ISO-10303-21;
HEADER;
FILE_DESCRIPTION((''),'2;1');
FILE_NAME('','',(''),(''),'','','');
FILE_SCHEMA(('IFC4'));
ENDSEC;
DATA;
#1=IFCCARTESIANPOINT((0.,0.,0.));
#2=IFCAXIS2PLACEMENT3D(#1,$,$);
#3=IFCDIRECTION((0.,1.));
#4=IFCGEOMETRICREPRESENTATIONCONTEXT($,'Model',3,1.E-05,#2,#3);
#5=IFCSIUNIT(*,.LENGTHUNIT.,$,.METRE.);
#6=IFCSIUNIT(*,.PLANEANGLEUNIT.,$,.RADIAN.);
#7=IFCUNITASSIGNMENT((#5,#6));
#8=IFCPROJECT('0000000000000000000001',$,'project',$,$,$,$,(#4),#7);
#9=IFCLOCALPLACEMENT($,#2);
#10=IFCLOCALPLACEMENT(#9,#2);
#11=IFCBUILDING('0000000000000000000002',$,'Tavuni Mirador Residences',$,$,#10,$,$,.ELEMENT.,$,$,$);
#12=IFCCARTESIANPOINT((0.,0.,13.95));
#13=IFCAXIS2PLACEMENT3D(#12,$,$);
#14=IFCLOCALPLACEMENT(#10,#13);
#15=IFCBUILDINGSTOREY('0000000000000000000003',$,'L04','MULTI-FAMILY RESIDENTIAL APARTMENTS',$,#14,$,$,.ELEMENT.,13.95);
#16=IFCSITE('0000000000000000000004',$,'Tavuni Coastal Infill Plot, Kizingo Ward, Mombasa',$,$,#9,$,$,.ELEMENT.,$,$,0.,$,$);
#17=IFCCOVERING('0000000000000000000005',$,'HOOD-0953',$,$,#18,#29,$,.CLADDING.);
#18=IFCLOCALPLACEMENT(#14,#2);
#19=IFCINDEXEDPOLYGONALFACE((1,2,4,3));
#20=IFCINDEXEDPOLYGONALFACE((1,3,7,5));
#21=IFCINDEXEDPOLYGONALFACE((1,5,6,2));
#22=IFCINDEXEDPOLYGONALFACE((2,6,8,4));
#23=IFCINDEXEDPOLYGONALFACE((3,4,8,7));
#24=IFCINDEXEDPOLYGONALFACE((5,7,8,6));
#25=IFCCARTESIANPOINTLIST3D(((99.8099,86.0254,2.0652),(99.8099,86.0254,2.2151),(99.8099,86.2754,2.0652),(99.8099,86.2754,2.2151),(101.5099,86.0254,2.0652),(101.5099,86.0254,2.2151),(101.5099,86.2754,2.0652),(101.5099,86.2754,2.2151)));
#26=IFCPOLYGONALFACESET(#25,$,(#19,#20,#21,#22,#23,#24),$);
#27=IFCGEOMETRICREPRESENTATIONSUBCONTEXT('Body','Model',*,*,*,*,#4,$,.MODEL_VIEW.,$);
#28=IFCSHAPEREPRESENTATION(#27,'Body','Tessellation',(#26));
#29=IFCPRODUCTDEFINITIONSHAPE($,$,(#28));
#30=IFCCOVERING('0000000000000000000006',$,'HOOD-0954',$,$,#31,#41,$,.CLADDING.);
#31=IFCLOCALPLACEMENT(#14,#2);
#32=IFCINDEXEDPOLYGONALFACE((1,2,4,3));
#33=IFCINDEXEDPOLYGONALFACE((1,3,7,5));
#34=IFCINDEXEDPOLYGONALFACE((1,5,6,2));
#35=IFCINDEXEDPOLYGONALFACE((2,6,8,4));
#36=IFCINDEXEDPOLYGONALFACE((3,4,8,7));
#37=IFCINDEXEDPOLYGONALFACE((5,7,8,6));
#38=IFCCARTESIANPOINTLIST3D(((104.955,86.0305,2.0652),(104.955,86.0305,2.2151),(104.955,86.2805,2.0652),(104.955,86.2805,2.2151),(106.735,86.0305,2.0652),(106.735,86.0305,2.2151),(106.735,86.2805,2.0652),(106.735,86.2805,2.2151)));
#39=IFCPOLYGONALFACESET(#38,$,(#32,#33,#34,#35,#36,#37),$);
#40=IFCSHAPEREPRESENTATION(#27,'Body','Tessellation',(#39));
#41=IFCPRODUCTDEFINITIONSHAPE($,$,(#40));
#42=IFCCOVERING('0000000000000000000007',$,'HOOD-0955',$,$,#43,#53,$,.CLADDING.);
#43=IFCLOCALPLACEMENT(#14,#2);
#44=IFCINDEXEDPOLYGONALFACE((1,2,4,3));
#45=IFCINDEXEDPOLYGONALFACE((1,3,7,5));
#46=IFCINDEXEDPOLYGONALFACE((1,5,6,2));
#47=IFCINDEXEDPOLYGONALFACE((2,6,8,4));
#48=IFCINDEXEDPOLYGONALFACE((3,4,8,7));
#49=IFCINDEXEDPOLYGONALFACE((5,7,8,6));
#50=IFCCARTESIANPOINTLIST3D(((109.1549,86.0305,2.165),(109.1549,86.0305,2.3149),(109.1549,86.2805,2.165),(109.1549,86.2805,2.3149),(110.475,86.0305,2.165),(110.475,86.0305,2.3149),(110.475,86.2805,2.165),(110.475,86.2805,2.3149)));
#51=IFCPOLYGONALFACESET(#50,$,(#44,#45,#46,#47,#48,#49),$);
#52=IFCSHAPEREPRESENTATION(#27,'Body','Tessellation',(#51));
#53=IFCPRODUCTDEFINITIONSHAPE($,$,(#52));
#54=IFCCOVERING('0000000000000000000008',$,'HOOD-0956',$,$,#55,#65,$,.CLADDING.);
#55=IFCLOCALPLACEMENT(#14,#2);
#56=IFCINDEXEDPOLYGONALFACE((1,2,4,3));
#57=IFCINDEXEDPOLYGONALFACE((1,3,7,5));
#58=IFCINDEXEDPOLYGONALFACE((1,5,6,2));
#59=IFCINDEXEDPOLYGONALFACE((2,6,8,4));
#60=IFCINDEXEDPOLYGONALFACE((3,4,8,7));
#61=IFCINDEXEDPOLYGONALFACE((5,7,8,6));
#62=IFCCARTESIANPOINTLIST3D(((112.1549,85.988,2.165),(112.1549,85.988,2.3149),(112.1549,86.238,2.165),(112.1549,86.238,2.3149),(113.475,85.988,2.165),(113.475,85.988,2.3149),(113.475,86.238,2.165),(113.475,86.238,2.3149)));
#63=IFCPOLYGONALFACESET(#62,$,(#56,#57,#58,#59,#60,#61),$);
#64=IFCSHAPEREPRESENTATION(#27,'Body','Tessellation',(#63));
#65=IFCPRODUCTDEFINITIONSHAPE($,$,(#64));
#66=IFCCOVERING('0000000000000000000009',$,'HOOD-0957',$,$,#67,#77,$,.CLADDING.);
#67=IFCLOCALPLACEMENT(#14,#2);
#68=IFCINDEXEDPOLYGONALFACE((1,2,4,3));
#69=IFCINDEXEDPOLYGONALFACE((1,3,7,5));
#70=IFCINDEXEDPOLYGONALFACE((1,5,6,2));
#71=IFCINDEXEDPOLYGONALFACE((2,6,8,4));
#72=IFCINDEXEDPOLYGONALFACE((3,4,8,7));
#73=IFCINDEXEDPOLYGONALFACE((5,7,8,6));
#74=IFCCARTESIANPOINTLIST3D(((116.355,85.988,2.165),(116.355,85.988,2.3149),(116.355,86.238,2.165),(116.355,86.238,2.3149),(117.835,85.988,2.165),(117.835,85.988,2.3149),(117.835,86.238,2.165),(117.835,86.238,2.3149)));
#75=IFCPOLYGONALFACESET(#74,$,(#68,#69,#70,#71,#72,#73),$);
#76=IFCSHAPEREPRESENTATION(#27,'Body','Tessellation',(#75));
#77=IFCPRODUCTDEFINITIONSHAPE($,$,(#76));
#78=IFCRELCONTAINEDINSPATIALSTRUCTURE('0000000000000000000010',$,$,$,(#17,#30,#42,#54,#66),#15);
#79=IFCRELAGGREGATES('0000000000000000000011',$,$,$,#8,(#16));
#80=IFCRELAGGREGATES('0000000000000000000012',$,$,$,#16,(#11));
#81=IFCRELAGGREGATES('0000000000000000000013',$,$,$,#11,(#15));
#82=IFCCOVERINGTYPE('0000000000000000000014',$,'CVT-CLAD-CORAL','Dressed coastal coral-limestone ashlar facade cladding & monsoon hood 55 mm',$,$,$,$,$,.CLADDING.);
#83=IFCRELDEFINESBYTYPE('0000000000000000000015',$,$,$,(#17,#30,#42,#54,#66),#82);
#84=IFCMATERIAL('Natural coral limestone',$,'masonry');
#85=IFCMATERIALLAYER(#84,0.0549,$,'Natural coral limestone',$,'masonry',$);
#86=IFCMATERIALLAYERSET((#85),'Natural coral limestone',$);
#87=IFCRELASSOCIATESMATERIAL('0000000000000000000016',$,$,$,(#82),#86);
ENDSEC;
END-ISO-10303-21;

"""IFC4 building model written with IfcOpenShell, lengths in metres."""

from ifc_helpers import new_model, si_unit, direction, frame, origin, origin_2d, place, context, subcontext, project, spatial, rectangle, extrude, material, layer, layer_set, type_object, element, save


model = new_model("IFC4")

# Units and contexts
model_context = context("Model", 3, precision=1e-05, world=origin(), true_north=direction((0.0, 1.0)))
body_context = subcontext(model_context, "Body", "Model", "MODEL_VIEW")
ifc_project = project(units=[si_unit("LENGTHUNIT", "METRE"), si_unit("PLANEANGLEUNIT", "RADIAN")], contexts=[model_context])

# Site, building, storey
site_placement = place(None, origin())
site = spatial("IfcSite", under=ifc_project, at=site_placement, Name="Tavuni Coastal Infill Plot, Kizingo Ward, Mombasa", CompositionType="ELEMENT", RefElevation=0.0)
building_placement = place(site_placement, origin())
building = spatial("IfcBuilding", under=site, at=building_placement, Name="Tavuni Mirador Residences", CompositionType="ELEMENT")
storey_placement = place(building_placement, frame((0.0, 0.0, 13.95)))
storey = spatial("IfcBuildingStorey", under=building, at=storey_placement, Name="L04", Description="MULTI-FAMILY RESIDENTIAL APARTMENTS", CompositionType="ELEMENT", Elevation=13.95)

# Coverings
ifc_material_1 = material(Name="Natural coral limestone", Category="masonry")
ifc_layer_1 = layer(ifc_material_1, 0.0549, Name="Natural coral limestone", Category="masonry")
ifc_layer_set_1 = layer_set([ifc_layer_1], Name="Natural coral limestone")
covering_type = type_object("IfcCoveringType", Name="CVT-CLAD-CORAL", Description="Dressed coastal coral-limestone ashlar facade cladding & monsoon hood 55 mm", PredefinedType="CLADDING", material=ifc_layer_set_1)
covering_1_placement = place(storey_placement, frame((100.6599, 86.1504, 2.0652), z_axis=(0.0, 0.0, 1.0), x_axis=(1.0, 0.0, 0.0)))
element("IfcCovering", 1, at=covering_1_placement, inside=storey, type_object=covering_type, Name="HOOD-0953", PredefinedType="CLADDING", context=body_context, shape_type="SweptSolid", body=[
    extrude(rectangle(XDim=1.7, YDim=0.25, at=origin_2d()), origin(), (0.0, 0.0, 1.0), 0.1499),
])
covering_2_placement = place(storey_placement, frame((105.845, 86.1555, 2.0652), z_axis=(0.0, 0.0, 1.0), x_axis=(1.0, 0.0, 0.0)))
element("IfcCovering", 2, at=covering_2_placement, inside=storey, type_object=covering_type, Name="HOOD-0954", PredefinedType="CLADDING", context=body_context, shape_type="SweptSolid", body=[
    extrude(rectangle(XDim=1.78, YDim=0.25, at=origin_2d()), origin(), (0.0, 0.0, 1.0), 0.1499),
])
for number, where, z_axis, x_axis, name in (
    (3, (109.8149, 86.1555, 2.165), (0.0, 0.0, 1.0), (1.0, 0.0, 0.0), "HOOD-0955"),
    (4, (112.8149, 86.113, 2.165), (0.0, 0.0, 1.0), (1.0, 0.0, 0.0), "HOOD-0956"),
):
    element("IfcCovering", number, at=place(storey_placement, frame(where, z_axis=z_axis, x_axis=x_axis)), inside=storey, type_object=covering_type, Name=name, PredefinedType="CLADDING", context=body_context, shape_type="SweptSolid", body=[
        extrude(rectangle(XDim=1.3201, YDim=0.25, at=origin_2d()), origin(), (0.0, 0.0, 1.0), 0.1499),
    ])
covering_3_placement = place(storey_placement, frame((117.095, 86.113, 2.165), z_axis=(0.0, 0.0, 1.0), x_axis=(1.0, 0.0, 0.0)))
element("IfcCovering", 5, at=covering_3_placement, inside=storey, type_object=covering_type, Name="HOOD-0957", PredefinedType="CLADDING", context=body_context, shape_type="SweptSolid", body=[
    extrude(rectangle(XDim=1.48, YDim=0.25, at=origin_2d()), origin(), (0.0, 0.0, 1.0), 0.1499),
])

save(model, "model.ifc")
